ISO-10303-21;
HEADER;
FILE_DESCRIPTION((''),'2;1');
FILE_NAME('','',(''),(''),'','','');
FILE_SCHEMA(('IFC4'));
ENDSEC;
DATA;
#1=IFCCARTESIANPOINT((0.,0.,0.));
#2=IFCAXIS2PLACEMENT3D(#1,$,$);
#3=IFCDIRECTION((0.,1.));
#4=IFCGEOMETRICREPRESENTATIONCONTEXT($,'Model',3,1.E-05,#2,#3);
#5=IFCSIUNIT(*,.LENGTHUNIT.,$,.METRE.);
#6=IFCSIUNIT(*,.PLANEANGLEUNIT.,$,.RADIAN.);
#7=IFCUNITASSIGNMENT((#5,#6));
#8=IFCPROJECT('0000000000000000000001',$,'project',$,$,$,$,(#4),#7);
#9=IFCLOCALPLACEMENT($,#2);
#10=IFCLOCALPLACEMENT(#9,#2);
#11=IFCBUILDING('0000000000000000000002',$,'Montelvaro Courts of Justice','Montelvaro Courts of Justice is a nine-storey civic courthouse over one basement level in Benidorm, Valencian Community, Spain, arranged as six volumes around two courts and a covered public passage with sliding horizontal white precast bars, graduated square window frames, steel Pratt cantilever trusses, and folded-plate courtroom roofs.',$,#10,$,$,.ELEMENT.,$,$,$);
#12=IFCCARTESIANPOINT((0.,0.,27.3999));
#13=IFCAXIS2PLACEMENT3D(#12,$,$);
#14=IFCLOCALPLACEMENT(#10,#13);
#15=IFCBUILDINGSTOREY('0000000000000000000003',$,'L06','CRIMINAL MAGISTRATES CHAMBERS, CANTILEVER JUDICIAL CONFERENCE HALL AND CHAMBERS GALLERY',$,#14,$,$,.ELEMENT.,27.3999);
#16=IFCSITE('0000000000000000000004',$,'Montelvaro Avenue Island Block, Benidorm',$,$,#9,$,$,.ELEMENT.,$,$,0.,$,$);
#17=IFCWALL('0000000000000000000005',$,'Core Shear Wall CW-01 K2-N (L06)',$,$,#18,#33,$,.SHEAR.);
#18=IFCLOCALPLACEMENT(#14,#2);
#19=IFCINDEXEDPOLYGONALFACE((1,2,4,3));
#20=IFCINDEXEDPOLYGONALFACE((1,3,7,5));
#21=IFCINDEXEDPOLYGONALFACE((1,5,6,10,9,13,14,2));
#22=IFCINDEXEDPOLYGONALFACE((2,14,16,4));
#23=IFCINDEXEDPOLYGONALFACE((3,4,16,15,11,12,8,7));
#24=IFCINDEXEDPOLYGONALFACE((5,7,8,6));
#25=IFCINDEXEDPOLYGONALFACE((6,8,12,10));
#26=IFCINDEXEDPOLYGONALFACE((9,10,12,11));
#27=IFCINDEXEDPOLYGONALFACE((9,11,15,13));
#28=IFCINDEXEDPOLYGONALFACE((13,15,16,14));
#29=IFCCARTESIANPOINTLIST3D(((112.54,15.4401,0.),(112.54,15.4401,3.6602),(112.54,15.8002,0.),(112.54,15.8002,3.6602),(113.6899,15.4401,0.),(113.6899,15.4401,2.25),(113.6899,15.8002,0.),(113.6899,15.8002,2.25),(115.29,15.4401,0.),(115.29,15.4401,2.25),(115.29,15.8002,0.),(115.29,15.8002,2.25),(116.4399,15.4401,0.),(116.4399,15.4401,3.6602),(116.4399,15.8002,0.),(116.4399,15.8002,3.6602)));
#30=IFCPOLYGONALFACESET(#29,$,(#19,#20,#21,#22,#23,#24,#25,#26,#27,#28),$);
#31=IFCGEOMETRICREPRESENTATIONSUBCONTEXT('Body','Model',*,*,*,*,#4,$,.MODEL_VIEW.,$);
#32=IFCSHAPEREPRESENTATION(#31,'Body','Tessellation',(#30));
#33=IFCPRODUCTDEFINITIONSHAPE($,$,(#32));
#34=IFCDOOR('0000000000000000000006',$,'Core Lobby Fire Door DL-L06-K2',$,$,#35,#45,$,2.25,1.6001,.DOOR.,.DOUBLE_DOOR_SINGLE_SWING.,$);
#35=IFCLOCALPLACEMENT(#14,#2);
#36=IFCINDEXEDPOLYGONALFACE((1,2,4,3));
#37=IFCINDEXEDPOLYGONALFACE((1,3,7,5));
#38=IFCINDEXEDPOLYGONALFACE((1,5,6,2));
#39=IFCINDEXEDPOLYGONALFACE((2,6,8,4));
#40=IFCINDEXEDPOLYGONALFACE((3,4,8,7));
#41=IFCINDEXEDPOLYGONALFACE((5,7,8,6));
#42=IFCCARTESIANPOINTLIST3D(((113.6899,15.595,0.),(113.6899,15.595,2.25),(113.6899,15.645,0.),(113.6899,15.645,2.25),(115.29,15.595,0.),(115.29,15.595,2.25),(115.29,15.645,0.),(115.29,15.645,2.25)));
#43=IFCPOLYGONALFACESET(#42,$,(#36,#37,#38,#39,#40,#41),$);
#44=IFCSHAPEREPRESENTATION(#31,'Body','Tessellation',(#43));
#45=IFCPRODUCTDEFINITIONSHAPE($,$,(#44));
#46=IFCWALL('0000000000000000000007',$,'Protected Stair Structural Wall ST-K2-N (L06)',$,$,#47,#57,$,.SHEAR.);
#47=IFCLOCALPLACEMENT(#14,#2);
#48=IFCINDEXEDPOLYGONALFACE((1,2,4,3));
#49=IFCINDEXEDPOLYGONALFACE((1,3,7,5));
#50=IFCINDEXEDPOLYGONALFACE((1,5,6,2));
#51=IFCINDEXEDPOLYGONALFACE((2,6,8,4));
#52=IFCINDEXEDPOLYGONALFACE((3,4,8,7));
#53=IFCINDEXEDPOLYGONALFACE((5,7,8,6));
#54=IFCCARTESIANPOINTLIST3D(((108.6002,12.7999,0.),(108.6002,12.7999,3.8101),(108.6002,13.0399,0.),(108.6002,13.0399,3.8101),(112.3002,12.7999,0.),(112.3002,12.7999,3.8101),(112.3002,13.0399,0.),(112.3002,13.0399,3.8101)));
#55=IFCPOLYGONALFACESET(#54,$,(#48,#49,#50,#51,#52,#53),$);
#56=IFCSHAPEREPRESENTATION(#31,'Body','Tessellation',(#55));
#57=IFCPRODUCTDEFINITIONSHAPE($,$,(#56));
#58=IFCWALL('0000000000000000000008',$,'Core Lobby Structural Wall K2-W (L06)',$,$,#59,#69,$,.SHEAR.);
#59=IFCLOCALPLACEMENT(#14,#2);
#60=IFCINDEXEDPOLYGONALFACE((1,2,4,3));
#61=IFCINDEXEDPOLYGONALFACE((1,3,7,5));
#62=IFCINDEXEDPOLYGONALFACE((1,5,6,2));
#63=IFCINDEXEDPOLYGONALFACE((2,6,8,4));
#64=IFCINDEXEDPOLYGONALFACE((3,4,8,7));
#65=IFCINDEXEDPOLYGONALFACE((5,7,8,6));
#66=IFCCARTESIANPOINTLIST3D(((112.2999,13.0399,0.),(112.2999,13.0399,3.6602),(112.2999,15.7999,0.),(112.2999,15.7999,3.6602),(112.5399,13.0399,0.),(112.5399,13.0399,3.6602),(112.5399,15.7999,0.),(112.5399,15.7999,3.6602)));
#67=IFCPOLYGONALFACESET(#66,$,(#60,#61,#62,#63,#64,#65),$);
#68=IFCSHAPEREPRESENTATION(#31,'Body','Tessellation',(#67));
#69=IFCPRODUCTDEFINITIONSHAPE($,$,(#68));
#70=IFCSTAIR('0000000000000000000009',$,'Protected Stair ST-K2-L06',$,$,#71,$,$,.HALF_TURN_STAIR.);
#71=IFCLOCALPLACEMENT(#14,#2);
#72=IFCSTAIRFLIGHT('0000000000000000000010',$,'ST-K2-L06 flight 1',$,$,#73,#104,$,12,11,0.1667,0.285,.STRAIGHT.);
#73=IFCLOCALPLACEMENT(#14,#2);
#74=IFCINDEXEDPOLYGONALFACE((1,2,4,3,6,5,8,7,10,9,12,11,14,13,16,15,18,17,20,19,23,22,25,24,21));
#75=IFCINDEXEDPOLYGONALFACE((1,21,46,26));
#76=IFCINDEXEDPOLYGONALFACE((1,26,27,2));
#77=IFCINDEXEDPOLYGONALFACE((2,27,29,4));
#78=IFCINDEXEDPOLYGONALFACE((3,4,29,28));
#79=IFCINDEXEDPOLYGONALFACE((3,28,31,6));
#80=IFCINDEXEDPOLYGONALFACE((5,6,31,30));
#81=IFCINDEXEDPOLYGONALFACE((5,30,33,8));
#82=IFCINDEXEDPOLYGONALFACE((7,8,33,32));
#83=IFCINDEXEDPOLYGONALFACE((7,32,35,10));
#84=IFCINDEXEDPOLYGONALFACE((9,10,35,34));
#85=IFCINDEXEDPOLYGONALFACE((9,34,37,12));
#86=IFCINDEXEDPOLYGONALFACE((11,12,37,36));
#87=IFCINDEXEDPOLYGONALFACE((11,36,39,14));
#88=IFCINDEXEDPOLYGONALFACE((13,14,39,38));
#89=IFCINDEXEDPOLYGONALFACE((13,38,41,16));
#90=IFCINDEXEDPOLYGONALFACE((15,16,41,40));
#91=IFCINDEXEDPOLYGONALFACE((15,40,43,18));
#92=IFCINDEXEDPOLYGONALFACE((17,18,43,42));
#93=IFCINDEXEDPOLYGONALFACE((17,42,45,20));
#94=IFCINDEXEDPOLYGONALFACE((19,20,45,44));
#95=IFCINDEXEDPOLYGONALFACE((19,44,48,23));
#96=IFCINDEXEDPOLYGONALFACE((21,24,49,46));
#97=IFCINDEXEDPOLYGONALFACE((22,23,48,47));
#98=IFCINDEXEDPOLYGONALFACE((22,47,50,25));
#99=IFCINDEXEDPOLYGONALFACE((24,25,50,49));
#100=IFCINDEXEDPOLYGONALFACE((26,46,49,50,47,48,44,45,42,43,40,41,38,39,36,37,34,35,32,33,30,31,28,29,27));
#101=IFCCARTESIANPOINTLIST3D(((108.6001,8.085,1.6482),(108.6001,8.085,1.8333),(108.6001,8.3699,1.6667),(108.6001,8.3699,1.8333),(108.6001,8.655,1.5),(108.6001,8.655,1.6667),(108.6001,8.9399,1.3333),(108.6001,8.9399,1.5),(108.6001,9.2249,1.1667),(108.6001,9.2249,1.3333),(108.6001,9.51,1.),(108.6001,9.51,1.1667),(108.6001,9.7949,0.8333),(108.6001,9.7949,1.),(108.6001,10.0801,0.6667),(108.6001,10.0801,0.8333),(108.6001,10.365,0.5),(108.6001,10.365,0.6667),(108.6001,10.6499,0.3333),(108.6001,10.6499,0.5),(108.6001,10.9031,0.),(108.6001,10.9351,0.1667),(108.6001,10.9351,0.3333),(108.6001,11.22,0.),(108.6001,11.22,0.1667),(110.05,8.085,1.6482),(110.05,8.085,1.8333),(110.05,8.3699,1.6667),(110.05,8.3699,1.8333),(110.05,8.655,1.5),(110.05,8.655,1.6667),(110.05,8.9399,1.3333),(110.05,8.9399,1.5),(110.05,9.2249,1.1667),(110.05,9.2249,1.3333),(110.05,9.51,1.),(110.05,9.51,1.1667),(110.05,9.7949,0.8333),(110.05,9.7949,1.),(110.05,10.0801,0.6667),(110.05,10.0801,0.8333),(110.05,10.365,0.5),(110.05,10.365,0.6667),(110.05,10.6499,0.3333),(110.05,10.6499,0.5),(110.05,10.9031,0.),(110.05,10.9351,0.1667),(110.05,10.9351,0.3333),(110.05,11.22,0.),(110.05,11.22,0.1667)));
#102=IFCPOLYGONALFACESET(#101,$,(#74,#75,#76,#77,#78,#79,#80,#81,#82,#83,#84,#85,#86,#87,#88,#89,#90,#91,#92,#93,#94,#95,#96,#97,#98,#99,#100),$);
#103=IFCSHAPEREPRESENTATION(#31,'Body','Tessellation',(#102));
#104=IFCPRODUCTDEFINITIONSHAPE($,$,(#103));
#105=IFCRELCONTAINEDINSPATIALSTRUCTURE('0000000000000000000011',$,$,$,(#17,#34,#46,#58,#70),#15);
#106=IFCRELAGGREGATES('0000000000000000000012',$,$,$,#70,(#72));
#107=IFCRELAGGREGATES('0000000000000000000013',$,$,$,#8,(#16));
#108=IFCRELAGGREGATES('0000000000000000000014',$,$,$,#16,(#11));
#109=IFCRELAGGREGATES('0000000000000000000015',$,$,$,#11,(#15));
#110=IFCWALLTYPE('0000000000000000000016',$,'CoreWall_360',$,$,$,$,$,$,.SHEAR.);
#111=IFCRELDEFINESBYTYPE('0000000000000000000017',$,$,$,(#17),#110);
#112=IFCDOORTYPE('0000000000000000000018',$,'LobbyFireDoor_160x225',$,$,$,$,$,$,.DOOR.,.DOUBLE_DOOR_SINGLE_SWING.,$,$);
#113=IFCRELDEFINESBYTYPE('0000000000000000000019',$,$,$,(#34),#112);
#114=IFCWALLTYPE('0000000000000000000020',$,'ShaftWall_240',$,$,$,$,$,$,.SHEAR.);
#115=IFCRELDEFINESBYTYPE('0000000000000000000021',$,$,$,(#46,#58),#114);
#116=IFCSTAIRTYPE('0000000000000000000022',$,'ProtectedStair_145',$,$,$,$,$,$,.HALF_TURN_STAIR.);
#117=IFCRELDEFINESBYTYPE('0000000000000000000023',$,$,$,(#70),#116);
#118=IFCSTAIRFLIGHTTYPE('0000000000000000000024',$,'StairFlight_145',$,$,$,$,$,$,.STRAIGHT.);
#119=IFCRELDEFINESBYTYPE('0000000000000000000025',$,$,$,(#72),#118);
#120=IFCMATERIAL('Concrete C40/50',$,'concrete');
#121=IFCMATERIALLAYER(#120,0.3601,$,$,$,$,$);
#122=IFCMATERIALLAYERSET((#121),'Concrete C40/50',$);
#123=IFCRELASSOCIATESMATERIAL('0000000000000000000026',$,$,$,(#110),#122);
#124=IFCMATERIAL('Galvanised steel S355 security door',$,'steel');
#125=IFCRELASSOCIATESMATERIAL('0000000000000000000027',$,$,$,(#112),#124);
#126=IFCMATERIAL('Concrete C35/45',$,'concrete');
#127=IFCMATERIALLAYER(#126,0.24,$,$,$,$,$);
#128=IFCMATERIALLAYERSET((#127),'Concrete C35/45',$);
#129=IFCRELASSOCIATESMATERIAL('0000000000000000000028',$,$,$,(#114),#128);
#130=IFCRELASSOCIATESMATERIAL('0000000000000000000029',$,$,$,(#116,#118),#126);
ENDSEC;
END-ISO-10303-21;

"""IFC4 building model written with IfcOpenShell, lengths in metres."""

from ifc_helpers import new_model, si_unit, direction, frame, frame_2d, origin, place, context, subcontext, project, spatial, polyline, rectangle, outline, extrude, material, layer, layer_set, type_object, element, fill, aggregate, save


model = new_model("IFC4")

# Units and contexts
model_context = context("Model", 3, precision=1e-05, world=origin(), true_north=direction((0.0, 1.0)))
body_context = subcontext(model_context, "Body", "Model", "MODEL_VIEW")
ifc_project = project(units=[si_unit("LENGTHUNIT", "METRE"), si_unit("PLANEANGLEUNIT", "RADIAN")], contexts=[model_context])

# Site, building, storey
site_placement = place(None, origin())
site = spatial("IfcSite", under=ifc_project, at=site_placement, Name="Montelvaro Avenue Island Block, Benidorm", CompositionType="ELEMENT", RefElevation=0.0)
building_placement = place(site_placement, origin())
building = spatial("IfcBuilding", under=site, at=building_placement, Name="Montelvaro Courts of Justice", Description="Montelvaro Courts of Justice is a nine-storey civic courthouse over one basement level in Benidorm, Valencian Community, Spain, arranged as six volumes around two courts and a covered public passage with sliding horizontal white precast bars, graduated square window frames, steel Pratt cantilever trusses, and folded-plate courtroom roofs.", CompositionType="ELEMENT")
storey_placement = place(building_placement, frame((0.0, 0.0, 27.3999)))
storey = spatial("IfcBuildingStorey", under=building, at=storey_placement, Name="L06", Description="CRIMINAL MAGISTRATES CHAMBERS, CANTILEVER JUDICIAL CONFERENCE HALL AND CHAMBERS GALLERY", CompositionType="ELEMENT", Elevation=27.3999)

# Wall, opening, door
ifc_material_1 = material(Name="Concrete C40/50", Category="concrete")
ifc_layer_1 = layer(ifc_material_1, 0.3601)
ifc_layer_set_1 = layer_set([ifc_layer_1], Name="Concrete C40/50")
wall_type_1 = type_object("IfcWallType", Name="CoreWall_360", PredefinedType="SHEAR", material=ifc_layer_set_1)
wall_1_placement = place(storey_placement, frame((112.54, 15.6201, 0.0), z_axis=(0.0, 0.0, 1.0), x_axis=(1.0, 0.0, 0.0)))
wall_1 = element("IfcWall", 1, at=wall_1_placement, inside=storey, type_object=wall_type_1, Name="Core Shear Wall CW-01 K2-N (L06)", PredefinedType="SHEAR", context=body_context, shape_type="SweptSolid", body=[
    extrude(rectangle(XDim=3.8999, YDim=0.3601, at=frame_2d((1.95, 0.0))), origin(), (0.0, 0.0, 1.0), 3.6602),
])
opening_placement = place(wall_1_placement, frame((1.1499, 0.0, 0.0)))
opening = element("IfcOpeningElement", 2, at=opening_placement, cuts=wall_1, PredefinedType="OPENING", context=body_context, shape_type="SweptSolid", body=[
    extrude(rectangle(XDim=1.6001, YDim=2.25, at=frame_2d((0.8, 1.125))), frame((0.0, 0.1948, 0.0), z_axis=(0.0, -1.0, 0.0), x_axis=(1.0, 0.0, 0.0)), (0.0, 0.0, 1.0), 0.3899),
])
ifc_material_2 = material(Name="Galvanised steel S355 security door", Category="steel")
door_type = type_object("IfcDoorType", Name="LobbyFireDoor_160x225", OperationType="DOUBLE_DOOR_SINGLE_SWING", PredefinedType="DOOR", material=ifc_material_2)
door_placement = place(opening_placement, origin())
door = element("IfcDoor", 3, at=door_placement, inside=storey, type_object=door_type, Name="Core Lobby Fire Door DL-L06-K2", OperationType="DOUBLE_DOOR_SINGLE_SWING", OverallHeight=2.25, OverallWidth=1.6001, PredefinedType="DOOR", context=body_context, shape_type="SweptSolid", body=[
    extrude(rectangle(XDim=1.6001, YDim=2.25, at=frame_2d((0.8, 1.125))), frame((0.0, 0.0249, 0.0), z_axis=(0.0, -1.0, 0.0), x_axis=(1.0, 0.0, 0.0)), (0.0, 0.0, 1.0), 0.05),
])
fill(opening, door)

# Walls
ifc_material_3 = material(Name="Concrete C35/45", Category="concrete")
ifc_layer_2 = layer(ifc_material_3, 0.24)
ifc_layer_set_2 = layer_set([ifc_layer_2], Name="Concrete C35/45")
wall_type_2 = type_object("IfcWallType", Name="ShaftWall_240", PredefinedType="SHEAR", material=ifc_layer_set_2)
wall_2_placement = place(storey_placement, frame((108.6001, 12.9199, 0.0), z_axis=(0.0, 0.0, 1.0), x_axis=(1.0, 0.0, 0.0)))
element("IfcWall", 4, at=wall_2_placement, inside=storey, type_object=wall_type_2, Name="Protected Stair Structural Wall ST-K2-N (L06)", PredefinedType="SHEAR", context=body_context, shape_type="SweptSolid", body=[
    extrude(rectangle(XDim=3.7, YDim=0.24, at=frame_2d((1.8501, 0.0))), origin(), (0.0, 0.0, 1.0), 3.8101),
])
wall_3_placement = place(storey_placement, frame((112.4199, 13.04, 0.0), z_axis=(0.0, 0.0, 1.0), x_axis=(0.0, 1.0, 0.0)))
element("IfcWall", 5, at=wall_3_placement, inside=storey, type_object=wall_type_2, Name="Core Lobby Structural Wall K2-W (L06)", PredefinedType="SHEAR", context=body_context, shape_type="SweptSolid", body=[
    extrude(rectangle(XDim=2.76, YDim=0.24, at=frame_2d((1.3799, 0.0))), origin(), (0.0, 0.0, 1.0), 3.6602),
])

# Stair, stair flight
stair_type = type_object("IfcStairType", Name="ProtectedStair_145", PredefinedType="HALF_TURN_STAIR", material=ifc_material_3)
stair_placement = place(storey_placement, origin())
stair = element("IfcStair", 6, at=stair_placement, inside=storey, type_object=stair_type, Name="Protected Stair ST-K2-L06", PredefinedType="HALF_TURN_STAIR")
stair_flight_type = type_object("IfcStairFlightType", Name="StairFlight_145", PredefinedType="STRAIGHT", material=ifc_material_3)
stair_flight_placement = place(storey_placement, frame((109.325, 11.22, 0.0), z_axis=(0.0, 0.0, 1.0), x_axis=(0.0, -1.0, 0.0)))
stair_flight = element("IfcStairFlight", 7, at=stair_flight_placement, type_object=stair_flight_type, Name="ST-K2-L06 flight 1", NumberOfRisers=12, NumberOfTreads=11, PredefinedType="STRAIGHT", RiserHeight=0.1667, TreadLength=0.285, context=body_context, shape_type="SweptSolid", body=[
    extrude(outline(polyline([(0.0, 0.0), (0.0, 0.1667), (0.2849, 0.1667), (0.2849, 0.3333), (0.5701, 0.3333), (0.5701, 0.5), (0.855, 0.5), (0.855, 0.6667), (1.1399, 0.6667), (1.1399, 0.8333), (1.425, 0.8333), (1.425, 1.0), (1.71, 1.0), (1.71, 1.1667), (1.9951, 1.1667), (1.9951, 1.3333), (2.28, 1.3333), (2.28, 1.5), (2.5649, 1.5), (2.5649, 1.6667), (2.8501, 1.6667), (2.8501, 1.8333), (3.135, 1.8333), (3.135, 2.0), (3.135, 1.6482), (0.3169, 0.0), (0.0, 0.0)])), frame((0.0, 0.7251, 0.0), z_axis=(0.0, -1.0, 0.0), x_axis=(1.0, 0.0, 0.0)), (0.0, 0.0, 1.0), 1.45),
])
aggregate(stair, [stair_flight])

save(model, "model.ifc")
